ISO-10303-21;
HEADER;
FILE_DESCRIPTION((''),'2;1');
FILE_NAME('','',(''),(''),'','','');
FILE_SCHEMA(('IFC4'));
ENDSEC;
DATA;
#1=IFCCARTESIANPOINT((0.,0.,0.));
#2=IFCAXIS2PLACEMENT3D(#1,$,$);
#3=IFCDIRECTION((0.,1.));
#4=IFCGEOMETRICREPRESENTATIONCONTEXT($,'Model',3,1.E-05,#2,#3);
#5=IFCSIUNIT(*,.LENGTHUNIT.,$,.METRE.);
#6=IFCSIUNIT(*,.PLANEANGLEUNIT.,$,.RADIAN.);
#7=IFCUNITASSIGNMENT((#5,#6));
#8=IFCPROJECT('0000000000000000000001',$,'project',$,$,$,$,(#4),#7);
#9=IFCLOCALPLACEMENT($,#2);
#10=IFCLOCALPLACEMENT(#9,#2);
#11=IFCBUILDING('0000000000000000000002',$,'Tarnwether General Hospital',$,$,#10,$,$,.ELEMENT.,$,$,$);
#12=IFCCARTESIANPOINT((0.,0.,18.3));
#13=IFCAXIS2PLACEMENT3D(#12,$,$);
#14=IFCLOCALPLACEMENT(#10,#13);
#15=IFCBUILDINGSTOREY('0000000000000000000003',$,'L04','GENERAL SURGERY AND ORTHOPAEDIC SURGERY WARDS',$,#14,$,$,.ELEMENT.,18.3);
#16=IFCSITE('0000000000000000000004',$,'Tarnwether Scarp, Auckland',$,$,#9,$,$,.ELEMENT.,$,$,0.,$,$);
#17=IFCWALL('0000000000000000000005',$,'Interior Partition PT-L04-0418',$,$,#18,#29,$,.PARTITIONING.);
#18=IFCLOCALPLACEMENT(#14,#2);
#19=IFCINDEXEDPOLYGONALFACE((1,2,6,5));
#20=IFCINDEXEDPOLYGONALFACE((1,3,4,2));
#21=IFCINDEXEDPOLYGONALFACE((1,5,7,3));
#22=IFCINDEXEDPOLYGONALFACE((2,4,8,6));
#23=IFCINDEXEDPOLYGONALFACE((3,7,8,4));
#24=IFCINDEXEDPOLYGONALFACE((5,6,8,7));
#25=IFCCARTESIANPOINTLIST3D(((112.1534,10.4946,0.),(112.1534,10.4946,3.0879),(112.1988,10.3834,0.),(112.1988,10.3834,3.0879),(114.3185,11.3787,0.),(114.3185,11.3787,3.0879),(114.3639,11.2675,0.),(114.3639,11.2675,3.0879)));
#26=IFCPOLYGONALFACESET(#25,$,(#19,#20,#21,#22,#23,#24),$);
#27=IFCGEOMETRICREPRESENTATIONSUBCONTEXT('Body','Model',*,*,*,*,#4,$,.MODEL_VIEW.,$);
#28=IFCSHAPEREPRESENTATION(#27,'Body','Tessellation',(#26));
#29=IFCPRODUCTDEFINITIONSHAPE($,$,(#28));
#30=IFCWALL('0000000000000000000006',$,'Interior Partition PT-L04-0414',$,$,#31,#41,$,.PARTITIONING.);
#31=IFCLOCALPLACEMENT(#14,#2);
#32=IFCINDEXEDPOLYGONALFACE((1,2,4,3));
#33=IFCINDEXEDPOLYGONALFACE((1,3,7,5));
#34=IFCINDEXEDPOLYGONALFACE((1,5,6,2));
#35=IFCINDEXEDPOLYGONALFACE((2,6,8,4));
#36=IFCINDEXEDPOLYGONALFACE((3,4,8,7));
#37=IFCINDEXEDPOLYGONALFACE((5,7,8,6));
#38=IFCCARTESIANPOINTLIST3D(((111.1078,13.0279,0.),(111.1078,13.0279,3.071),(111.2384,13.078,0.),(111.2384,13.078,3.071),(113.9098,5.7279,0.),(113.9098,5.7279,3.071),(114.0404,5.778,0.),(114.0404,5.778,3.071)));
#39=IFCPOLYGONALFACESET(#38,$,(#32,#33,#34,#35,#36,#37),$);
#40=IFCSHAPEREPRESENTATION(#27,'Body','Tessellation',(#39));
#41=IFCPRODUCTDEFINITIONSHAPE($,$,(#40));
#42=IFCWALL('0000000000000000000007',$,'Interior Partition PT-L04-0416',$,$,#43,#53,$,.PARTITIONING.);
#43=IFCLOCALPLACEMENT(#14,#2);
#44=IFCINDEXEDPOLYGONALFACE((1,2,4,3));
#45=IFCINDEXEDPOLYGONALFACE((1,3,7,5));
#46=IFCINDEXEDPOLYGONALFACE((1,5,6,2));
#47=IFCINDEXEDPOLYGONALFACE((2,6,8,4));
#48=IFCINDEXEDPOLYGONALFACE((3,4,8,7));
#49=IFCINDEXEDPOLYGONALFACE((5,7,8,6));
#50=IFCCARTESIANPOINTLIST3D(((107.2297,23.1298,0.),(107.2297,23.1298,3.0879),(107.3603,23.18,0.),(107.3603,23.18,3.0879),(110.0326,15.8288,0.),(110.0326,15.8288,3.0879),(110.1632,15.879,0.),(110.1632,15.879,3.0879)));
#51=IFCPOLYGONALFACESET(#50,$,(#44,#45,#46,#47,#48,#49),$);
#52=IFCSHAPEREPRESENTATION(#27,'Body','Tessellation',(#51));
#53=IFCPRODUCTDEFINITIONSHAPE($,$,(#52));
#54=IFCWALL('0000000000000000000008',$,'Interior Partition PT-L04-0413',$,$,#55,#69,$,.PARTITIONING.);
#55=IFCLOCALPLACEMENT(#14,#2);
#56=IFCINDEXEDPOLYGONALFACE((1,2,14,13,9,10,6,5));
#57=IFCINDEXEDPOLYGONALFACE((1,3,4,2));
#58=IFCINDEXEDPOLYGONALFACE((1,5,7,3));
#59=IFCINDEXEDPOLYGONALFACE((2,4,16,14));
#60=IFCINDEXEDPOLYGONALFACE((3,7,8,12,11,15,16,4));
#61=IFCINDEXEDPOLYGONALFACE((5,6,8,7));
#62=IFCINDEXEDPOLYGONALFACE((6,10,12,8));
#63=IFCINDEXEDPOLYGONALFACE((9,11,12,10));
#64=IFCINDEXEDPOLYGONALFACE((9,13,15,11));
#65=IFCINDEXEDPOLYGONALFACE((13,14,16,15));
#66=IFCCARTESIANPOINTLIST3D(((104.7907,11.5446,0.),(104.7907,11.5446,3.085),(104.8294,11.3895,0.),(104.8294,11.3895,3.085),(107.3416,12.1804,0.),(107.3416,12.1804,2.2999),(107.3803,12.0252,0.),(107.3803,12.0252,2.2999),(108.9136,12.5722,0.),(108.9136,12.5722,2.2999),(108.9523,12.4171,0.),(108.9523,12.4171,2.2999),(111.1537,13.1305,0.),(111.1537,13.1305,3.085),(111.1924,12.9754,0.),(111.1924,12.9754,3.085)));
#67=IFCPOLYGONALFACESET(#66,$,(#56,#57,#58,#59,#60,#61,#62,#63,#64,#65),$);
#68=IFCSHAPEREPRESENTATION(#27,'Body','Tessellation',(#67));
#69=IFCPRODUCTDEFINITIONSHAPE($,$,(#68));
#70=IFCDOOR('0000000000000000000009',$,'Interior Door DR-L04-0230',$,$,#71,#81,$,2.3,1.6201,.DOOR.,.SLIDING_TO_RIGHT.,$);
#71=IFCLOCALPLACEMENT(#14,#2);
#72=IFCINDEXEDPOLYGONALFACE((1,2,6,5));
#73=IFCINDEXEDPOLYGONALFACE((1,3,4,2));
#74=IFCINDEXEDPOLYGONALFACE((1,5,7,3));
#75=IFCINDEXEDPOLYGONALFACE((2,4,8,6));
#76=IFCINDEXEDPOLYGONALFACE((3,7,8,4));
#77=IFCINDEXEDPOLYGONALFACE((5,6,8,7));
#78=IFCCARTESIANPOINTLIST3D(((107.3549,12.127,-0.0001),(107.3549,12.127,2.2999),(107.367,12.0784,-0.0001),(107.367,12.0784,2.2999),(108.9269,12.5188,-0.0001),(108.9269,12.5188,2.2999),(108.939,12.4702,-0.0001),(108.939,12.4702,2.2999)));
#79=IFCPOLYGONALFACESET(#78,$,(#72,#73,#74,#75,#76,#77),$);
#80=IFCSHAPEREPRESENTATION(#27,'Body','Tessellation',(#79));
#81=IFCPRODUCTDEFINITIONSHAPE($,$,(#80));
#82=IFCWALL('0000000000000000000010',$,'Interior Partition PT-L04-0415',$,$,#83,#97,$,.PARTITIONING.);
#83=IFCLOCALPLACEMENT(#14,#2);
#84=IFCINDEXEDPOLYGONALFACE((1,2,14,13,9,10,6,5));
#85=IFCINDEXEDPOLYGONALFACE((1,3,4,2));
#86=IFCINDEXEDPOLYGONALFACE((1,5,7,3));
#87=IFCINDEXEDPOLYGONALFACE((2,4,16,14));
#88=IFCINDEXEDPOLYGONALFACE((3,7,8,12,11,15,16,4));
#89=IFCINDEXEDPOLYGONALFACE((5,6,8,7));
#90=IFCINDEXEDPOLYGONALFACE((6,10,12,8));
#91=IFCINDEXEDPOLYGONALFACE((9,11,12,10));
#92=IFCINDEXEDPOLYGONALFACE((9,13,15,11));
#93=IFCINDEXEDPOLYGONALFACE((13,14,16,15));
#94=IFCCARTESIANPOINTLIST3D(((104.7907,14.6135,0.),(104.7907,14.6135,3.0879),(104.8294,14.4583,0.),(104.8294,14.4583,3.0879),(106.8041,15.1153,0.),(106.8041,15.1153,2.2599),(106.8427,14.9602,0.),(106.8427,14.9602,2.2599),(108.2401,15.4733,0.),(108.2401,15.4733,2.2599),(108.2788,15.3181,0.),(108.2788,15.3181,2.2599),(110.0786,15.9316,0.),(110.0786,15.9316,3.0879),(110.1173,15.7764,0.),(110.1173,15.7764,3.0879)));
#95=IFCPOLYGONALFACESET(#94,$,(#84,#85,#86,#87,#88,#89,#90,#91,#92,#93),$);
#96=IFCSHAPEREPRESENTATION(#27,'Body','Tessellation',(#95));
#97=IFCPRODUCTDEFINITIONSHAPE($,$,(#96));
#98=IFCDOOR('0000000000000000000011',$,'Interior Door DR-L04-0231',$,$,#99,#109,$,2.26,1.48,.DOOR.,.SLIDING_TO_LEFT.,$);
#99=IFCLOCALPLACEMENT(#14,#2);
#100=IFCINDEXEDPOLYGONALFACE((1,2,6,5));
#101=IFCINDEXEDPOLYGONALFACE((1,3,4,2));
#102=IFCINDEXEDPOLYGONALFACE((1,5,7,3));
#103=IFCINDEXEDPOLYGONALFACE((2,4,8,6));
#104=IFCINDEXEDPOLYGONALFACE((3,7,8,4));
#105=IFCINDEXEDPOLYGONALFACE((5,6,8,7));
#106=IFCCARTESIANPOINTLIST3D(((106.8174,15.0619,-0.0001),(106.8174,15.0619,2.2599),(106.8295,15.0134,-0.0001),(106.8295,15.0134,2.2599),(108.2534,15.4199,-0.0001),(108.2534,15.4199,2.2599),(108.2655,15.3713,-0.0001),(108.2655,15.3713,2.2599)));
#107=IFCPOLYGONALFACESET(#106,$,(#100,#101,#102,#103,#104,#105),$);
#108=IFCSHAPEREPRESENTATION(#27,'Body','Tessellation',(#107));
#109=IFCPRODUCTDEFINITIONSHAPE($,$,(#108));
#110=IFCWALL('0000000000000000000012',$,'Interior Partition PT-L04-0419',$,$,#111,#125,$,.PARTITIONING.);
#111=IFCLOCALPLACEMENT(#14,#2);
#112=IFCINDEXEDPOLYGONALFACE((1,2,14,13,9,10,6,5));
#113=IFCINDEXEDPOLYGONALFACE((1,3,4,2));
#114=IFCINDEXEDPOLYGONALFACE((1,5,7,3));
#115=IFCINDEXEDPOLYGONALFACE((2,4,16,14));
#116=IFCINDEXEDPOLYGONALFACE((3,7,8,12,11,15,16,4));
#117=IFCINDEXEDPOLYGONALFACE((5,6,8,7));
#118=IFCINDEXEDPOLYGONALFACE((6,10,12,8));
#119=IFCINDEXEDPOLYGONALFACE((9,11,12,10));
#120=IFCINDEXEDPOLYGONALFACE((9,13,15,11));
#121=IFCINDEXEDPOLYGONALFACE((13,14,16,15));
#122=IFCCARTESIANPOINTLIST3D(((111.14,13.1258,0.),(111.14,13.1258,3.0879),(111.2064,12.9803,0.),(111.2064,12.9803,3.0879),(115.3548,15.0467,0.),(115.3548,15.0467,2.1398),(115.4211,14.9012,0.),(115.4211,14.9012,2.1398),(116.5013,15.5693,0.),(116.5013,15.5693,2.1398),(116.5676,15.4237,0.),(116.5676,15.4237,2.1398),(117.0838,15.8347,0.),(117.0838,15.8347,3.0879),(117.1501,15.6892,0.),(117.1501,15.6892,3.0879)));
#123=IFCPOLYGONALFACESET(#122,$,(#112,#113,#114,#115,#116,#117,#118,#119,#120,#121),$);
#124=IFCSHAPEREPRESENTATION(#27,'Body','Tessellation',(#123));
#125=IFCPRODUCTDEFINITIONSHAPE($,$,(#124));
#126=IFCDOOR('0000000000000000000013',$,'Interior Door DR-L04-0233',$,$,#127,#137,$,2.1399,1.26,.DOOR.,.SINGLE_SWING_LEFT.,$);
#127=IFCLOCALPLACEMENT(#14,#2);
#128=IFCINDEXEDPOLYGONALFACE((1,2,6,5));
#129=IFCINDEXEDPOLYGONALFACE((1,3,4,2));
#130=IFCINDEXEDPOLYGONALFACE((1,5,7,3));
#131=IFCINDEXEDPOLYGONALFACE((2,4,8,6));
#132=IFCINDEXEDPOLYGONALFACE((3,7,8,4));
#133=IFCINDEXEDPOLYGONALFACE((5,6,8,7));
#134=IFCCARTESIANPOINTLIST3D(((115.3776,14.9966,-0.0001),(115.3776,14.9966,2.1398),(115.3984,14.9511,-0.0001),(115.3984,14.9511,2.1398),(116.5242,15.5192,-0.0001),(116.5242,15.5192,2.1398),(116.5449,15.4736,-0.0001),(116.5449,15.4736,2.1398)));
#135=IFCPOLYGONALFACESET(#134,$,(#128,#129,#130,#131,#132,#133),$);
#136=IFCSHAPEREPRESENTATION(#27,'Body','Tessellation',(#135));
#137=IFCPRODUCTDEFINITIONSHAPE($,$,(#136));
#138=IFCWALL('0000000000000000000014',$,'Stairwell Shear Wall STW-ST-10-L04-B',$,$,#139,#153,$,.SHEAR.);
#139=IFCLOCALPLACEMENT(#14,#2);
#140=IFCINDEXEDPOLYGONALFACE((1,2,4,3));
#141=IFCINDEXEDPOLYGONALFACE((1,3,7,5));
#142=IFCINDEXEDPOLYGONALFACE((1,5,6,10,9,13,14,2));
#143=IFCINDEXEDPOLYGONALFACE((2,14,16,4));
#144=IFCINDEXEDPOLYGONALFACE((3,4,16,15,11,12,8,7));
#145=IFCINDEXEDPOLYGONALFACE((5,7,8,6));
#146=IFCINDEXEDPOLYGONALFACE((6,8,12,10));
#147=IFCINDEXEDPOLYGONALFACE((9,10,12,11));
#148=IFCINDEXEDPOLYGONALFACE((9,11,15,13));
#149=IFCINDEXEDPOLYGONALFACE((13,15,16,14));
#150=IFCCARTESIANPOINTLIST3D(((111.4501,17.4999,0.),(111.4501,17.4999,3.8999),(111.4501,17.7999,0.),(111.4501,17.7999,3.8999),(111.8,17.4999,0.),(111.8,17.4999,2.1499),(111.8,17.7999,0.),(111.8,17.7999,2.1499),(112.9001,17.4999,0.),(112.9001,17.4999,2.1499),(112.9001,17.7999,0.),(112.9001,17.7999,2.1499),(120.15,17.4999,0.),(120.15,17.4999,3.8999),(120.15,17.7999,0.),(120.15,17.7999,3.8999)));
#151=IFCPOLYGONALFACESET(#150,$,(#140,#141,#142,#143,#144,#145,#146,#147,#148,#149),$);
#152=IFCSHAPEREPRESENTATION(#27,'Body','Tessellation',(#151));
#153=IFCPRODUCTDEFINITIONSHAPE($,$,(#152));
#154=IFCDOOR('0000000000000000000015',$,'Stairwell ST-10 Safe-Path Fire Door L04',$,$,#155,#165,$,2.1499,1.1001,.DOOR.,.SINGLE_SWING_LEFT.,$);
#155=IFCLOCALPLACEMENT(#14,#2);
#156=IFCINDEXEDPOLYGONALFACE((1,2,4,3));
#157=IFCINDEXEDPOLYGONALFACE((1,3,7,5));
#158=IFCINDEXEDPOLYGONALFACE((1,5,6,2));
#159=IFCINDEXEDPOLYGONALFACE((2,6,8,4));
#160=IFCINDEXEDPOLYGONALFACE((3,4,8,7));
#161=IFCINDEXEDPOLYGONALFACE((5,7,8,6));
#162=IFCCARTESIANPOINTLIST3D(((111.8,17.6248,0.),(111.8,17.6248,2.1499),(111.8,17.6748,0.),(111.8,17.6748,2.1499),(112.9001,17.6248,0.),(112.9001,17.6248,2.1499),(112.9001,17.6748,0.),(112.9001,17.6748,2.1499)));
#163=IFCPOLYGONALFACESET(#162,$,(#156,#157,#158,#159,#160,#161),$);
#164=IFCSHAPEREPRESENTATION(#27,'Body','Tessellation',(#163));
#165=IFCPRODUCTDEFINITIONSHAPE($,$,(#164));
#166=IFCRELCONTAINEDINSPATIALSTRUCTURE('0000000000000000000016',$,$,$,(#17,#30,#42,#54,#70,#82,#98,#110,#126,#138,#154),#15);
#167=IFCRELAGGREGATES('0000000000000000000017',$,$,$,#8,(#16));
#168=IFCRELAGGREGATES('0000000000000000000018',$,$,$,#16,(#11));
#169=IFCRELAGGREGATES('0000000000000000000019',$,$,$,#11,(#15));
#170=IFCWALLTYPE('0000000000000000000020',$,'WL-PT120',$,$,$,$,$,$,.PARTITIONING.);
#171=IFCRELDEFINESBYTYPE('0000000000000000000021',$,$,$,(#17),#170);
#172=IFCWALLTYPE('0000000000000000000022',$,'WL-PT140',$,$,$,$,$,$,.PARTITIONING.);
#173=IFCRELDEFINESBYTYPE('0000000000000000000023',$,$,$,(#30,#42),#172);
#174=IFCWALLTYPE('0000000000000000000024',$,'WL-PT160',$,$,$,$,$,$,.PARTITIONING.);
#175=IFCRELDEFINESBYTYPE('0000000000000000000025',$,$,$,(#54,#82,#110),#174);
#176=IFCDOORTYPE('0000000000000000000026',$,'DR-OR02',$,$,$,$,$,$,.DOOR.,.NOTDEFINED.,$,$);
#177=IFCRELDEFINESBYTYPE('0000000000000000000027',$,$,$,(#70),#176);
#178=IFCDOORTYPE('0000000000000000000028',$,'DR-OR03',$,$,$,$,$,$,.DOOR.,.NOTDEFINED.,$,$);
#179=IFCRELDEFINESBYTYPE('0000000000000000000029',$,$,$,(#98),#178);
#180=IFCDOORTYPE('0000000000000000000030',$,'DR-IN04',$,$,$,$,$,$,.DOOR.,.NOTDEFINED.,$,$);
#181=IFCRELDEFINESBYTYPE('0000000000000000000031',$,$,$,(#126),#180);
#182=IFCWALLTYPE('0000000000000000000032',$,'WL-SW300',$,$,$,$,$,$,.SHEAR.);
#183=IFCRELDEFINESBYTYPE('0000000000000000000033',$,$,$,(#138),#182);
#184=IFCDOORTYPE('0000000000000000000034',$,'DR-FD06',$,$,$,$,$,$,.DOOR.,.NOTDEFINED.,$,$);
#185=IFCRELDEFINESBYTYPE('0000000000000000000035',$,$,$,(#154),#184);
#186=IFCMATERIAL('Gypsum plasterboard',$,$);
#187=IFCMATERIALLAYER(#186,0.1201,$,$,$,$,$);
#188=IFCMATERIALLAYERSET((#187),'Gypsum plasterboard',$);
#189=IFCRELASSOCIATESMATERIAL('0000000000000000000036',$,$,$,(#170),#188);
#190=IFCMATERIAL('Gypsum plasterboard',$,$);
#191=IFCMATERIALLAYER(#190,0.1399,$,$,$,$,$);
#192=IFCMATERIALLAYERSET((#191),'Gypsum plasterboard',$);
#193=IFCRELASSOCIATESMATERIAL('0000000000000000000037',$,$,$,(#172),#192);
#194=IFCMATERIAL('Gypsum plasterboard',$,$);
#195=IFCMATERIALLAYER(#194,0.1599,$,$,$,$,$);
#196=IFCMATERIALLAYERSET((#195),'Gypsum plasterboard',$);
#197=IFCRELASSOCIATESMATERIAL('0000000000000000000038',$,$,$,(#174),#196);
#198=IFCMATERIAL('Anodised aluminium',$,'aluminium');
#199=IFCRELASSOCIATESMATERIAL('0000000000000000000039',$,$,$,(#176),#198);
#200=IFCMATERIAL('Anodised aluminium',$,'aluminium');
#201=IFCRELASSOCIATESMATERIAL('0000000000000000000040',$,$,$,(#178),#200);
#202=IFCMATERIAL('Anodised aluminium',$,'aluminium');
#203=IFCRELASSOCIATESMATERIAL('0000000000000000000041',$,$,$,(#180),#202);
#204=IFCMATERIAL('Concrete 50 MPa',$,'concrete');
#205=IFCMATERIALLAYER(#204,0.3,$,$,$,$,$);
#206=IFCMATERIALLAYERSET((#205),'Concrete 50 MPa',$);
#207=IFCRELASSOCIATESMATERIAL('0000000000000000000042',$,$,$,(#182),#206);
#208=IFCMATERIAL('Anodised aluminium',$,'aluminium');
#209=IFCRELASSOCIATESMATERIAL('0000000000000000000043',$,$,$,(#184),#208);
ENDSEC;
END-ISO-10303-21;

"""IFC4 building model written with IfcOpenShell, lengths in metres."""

from ifc_helpers import new_model, si_unit, direction, frame, frame_2d, origin, place, context, subcontext, project, spatial, rectangle, extrude, material, layer, layer_set, type_object, element, fill, save


model = new_model("IFC4")

# Units and contexts
model_context = context("Model", 3, precision=1e-05, world=origin(), true_north=direction((0.0, 1.0)))
body_context = subcontext(model_context, "Body", "Model", "MODEL_VIEW")
ifc_project = project(units=[si_unit("LENGTHUNIT", "METRE"), si_unit("PLANEANGLEUNIT", "RADIAN")], contexts=[model_context])

# Site, building, storey
site_placement = place(None, origin())
site = spatial("IfcSite", under=ifc_project, at=site_placement, Name="Tarnwether Scarp, Auckland", CompositionType="ELEMENT", RefElevation=0.0)
building_placement = place(site_placement, origin())
building = spatial("IfcBuilding", under=site, at=building_placement, Name="Tarnwether General Hospital", CompositionType="ELEMENT")
storey_placement = place(building_placement, frame((0.0, 0.0, 18.3)))
storey = spatial("IfcBuildingStorey", under=building, at=storey_placement, Name="L04", Description="GENERAL SURGERY AND ORTHOPAEDIC SURGERY WARDS", CompositionType="ELEMENT", Elevation=18.3)

# Shared definitions
ifc_material_1 = material(Name="Gypsum plasterboard")
ifc_layer_1 = layer(ifc_material_1, 0.1201)
ifc_layer_set_1 = layer_set([ifc_layer_1], Name="Gypsum plasterboard")
wall_type_1 = type_object("IfcWallType", Name="WL-PT120", PredefinedType="PARTITIONING", material=ifc_layer_set_1)

# Walls
wall_1_placement = place(storey_placement, frame((112.176, 10.439, 0.0), z_axis=(0.0, 0.0, 1.0), x_axis=(0.925796, 0.378023, 0.0)))
element("IfcWall", 1, at=wall_1_placement, inside=storey, type_object=wall_type_1, Name="Interior Partition PT-L04-0418", PredefinedType="PARTITIONING", context=body_context, shape_type="SweptSolid", body=[
    extrude(rectangle(XDim=2.3386, YDim=0.1201, at=frame_2d((1.1694, 0.0))), origin(), (0.0, 0.0, 1.0), 3.0879),
])
ifc_material_2 = material(Name="Gypsum plasterboard")
ifc_layer_2 = layer(ifc_material_2, 0.1399)
ifc_layer_set_2 = layer_set([ifc_layer_2], Name="Gypsum plasterboard")
wall_type_2 = type_object("IfcWallType", Name="WL-PT140", PredefinedType="PARTITIONING", material=ifc_layer_set_2)
wall_2_placement = place(storey_placement, frame((111.1731, 13.053, 0.0), z_axis=(0.0, 0.0, 1.0), x_axis=(0.358343, -0.93359, 0.0)))
element("IfcWall", 2, at=wall_2_placement, inside=storey, type_object=wall_type_2, Name="Interior Partition PT-L04-0414", PredefinedType="PARTITIONING", context=body_context, shape_type="SweptSolid", body=[
    extrude(rectangle(XDim=7.8193, YDim=0.1399, at=frame_2d((3.9097, 0.0))), origin(), (0.0, 0.0, 1.0), 3.071),
])
wall_3_placement = place(storey_placement, frame((110.0979, 15.854, 0.0), z_axis=(0.0, 0.0, 1.0), x_axis=(-0.35841, 0.933564, 0.0)))
element("IfcWall", 3, at=wall_3_placement, inside=storey, type_object=wall_type_2, Name="Interior Partition PT-L04-0416", PredefinedType="PARTITIONING", context=body_context, shape_type="SweptSolid", body=[
    extrude(rectangle(XDim=7.8206, YDim=0.1399, at=frame_2d((3.9102, 0.0))), origin(), (0.0, 0.0, 1.0), 3.0879),
])

# Walls, openings, doors
ifc_material_3 = material(Name="Gypsum plasterboard")
ifc_layer_3 = layer(ifc_material_3, 0.1599)
ifc_layer_set_3 = layer_set([ifc_layer_3], Name="Gypsum plasterboard")
wall_type_3 = type_object("IfcWallType", Name="WL-PT160", PredefinedType="PARTITIONING", material=ifc_layer_set_3)
wall_4_placement = place(storey_placement, frame((104.8101, 11.467, 0.0), z_axis=(0.0, 0.0, 1.0), x_axis=(0.970315, 0.241844, 0.0)))
wall_4 = element("IfcWall", 4, at=wall_4_placement, inside=storey, type_object=wall_type_3, Name="Interior Partition PT-L04-0413", PredefinedType="PARTITIONING", context=body_context, shape_type="SweptSolid", body=[
    extrude(rectangle(XDim=6.5576, YDim=0.1599, at=frame_2d((3.2788, 0.0))), origin(), (0.0, 0.0, 1.0), 3.085),
])
opening_1_placement = place(wall_4_placement, frame((2.6289, 0.0, 0.0)))
opening_1 = element("IfcOpeningElement", 5, at=opening_1_placement, cuts=wall_4, PredefinedType="OPENING", context=body_context, shape_type="SweptSolid", body=[
    extrude(rectangle(XDim=1.6201, YDim=2.3, at=frame_2d((0.8101, 1.1499))), frame((0.0, 0.0898, 0.0), z_axis=(0.0, -1.0, 0.0), x_axis=(1.0, 0.0, 0.0)), (0.0, 0.0, 1.0), 0.1799),
])
ifc_material_4 = material(Name="Anodised aluminium", Category="aluminium")
door_type_1 = type_object("IfcDoorType", Name="DR-OR02", OperationType="NOTDEFINED", PredefinedType="DOOR", material=ifc_material_4)
door_1_placement = place(opening_1_placement, origin())
door_1 = element("IfcDoor", 6, at=door_1_placement, inside=storey, type_object=door_type_1, Name="Interior Door DR-L04-0230", OperationType="SLIDING_TO_RIGHT", OverallHeight=2.3, OverallWidth=1.6201, PredefinedType="DOOR", context=body_context, shape_type="SweptSolid", body=[
    extrude(rectangle(XDim=1.6201, YDim=2.3, at=frame_2d((0.8101, 1.1499))), frame((0.0, 0.0249, 0.0), z_axis=(0.0, -1.0, 0.0), x_axis=(1.0, 0.0, 0.0)), (0.0, 0.0, 1.0), 0.05),
])
fill(opening_1, door_1)
wall_5_placement = place(storey_placement, frame((104.8101, 14.5359, 0.0), z_axis=(0.0, 0.0, 1.0), x_axis=(0.970308, 0.241871, 0.0)))
wall_5 = element("IfcWall", 7, at=wall_5_placement, inside=storey, type_object=wall_type_3, Name="Interior Partition PT-L04-0415", PredefinedType="PARTITIONING", context=body_context, shape_type="SweptSolid", body=[
    extrude(rectangle(XDim=5.4497, YDim=0.1599, at=frame_2d((2.7249, 0.0))), origin(), (0.0, 0.0, 1.0), 3.0879),
])
opening_2_placement = place(wall_5_placement, frame((2.075, 0.0, 0.0)))
opening_2 = element("IfcOpeningElement", 8, at=opening_2_placement, cuts=wall_5, PredefinedType="OPENING", context=body_context, shape_type="SweptSolid", body=[
    extrude(rectangle(XDim=1.48, YDim=2.26, at=frame_2d((0.74, 1.1299))), frame((0.0, 0.0898, 0.0), z_axis=(0.0, -1.0, 0.0), x_axis=(1.0, 0.0, 0.0)), (0.0, 0.0, 1.0), 0.1799),
])
ifc_material_5 = material(Name="Anodised aluminium", Category="aluminium")
door_type_2 = type_object("IfcDoorType", Name="DR-OR03", OperationType="NOTDEFINED", PredefinedType="DOOR", material=ifc_material_5)
door_2_placement = place(opening_2_placement, origin())
door_2 = element("IfcDoor", 9, at=door_2_placement, inside=storey, type_object=door_type_2, Name="Interior Door DR-L04-0231", OperationType="SLIDING_TO_LEFT", OverallHeight=2.26, OverallWidth=1.48, PredefinedType="DOOR", context=body_context, shape_type="SweptSolid", body=[
    extrude(rectangle(XDim=1.48, YDim=2.26, at=frame_2d((0.74, 1.1299))), frame((0.0, 0.0249, 0.0), z_axis=(0.0, -1.0, 0.0), x_axis=(1.0, 0.0, 0.0)), (0.0, 0.0, 1.0), 0.05),
])
fill(opening_2, door_2)
wall_6_placement = place(storey_placement, frame((111.1731, 13.053, 0.0), z_axis=(0.0, 0.0, 1.0), x_axis=(0.909949, 0.414721, 0.0)))
wall_6 = element("IfcWall", 10, at=wall_6_placement, inside=storey, type_object=wall_type_3, Name="Interior Partition PT-L04-0419", PredefinedType="PARTITIONING", context=body_context, shape_type="SweptSolid", body=[
    extrude(rectangle(XDim=6.532, YDim=0.1599, at=frame_2d((3.2661, 0.0))), origin(), (0.0, 0.0, 1.0), 3.0879),
])
opening_3_placement = place(wall_6_placement, frame((4.6321, 0.0, 0.0)))
opening_3 = element("IfcOpeningElement", 11, at=opening_3_placement, cuts=wall_6, PredefinedType="OPENING", context=body_context, shape_type="SweptSolid", body=[
    extrude(rectangle(XDim=1.26, YDim=2.1399, at=frame_2d((0.6299, 1.0698))), frame((0.0, 0.0898, 0.0), z_axis=(0.0, -1.0, 0.0), x_axis=(1.0, 0.0, 0.0)), (0.0, 0.0, 1.0), 0.1799),
])
ifc_material_6 = material(Name="Anodised aluminium", Category="aluminium")
door_type_3 = type_object("IfcDoorType", Name="DR-IN04", OperationType="NOTDEFINED", PredefinedType="DOOR", material=ifc_material_6)
door_3_placement = place(opening_3_placement, origin())
door_3 = element("IfcDoor", 12, at=door_3_placement, inside=storey, type_object=door_type_3, Name="Interior Door DR-L04-0233", OperationType="SINGLE_SWING_LEFT", OverallHeight=2.1399, OverallWidth=1.26, PredefinedType="DOOR", context=body_context, shape_type="SweptSolid", body=[
    extrude(rectangle(XDim=1.26, YDim=2.1399, at=frame_2d((0.6299, 1.0698))), frame((0.0, 0.0249, 0.0), z_axis=(0.0, -1.0, 0.0), x_axis=(1.0, 0.0, 0.0)), (0.0, 0.0, 1.0), 0.05),
])
fill(opening_3, door_3)
ifc_material_7 = material(Name="Concrete 50 MPa", Category="concrete")
ifc_layer_4 = layer(ifc_material_7, 0.3)
ifc_layer_set_4 = layer_set([ifc_layer_4], Name="Concrete 50 MPa")
wall_type_4 = type_object("IfcWallType", Name="WL-SW300", PredefinedType="SHEAR", material=ifc_layer_set_4)
wall_7_placement = place(storey_placement, frame((111.45, 17.6499, 0.0), z_axis=(0.0, 0.0, 1.0), x_axis=(1.0, 0.0, 0.0)))
wall_7 = element("IfcWall", 13, at=wall_7_placement, inside=storey, type_object=wall_type_4, Name="Stairwell Shear Wall STW-ST-10-L04-B", PredefinedType="SHEAR", context=body_context, shape_type="SweptSolid", body=[
    extrude(rectangle(XDim=8.7, YDim=0.3, at=frame_2d((4.3501, 0.0))), origin(), (0.0, 0.0, 1.0), 3.8999),
])
opening_4_placement = place(wall_7_placement, frame((0.3501, 0.0, 0.0)))
opening_4 = element("IfcOpeningElement", 14, at=opening_4_placement, cuts=wall_7, PredefinedType="OPENING", context=body_context, shape_type="SweptSolid", body=[
    extrude(rectangle(XDim=1.1001, YDim=2.1499, at=frame_2d((0.55, 1.075))), frame((0.0, 0.1602, 0.0), z_axis=(0.0, -1.0, 0.0), x_axis=(1.0, 0.0, 0.0)), (0.0, 0.0, 1.0), 0.3201),
])
ifc_material_8 = material(Name="Anodised aluminium", Category="aluminium")
door_type_4 = type_object("IfcDoorType", Name="DR-FD06", OperationType="NOTDEFINED", PredefinedType="DOOR", material=ifc_material_8)
door_4_placement = place(opening_4_placement, origin())
door_4 = element("IfcDoor", 15, at=door_4_placement, inside=storey, type_object=door_type_4, Name="Stairwell ST-10 Safe-Path Fire Door L04", OperationType="SINGLE_SWING_LEFT", OverallHeight=2.1499, OverallWidth=1.1001, PredefinedType="DOOR", context=body_context, shape_type="SweptSolid", body=[
    extrude(rectangle(XDim=1.1001, YDim=2.1499, at=frame_2d((0.55, 1.075))), frame((0.0, 0.0249, 0.0), z_axis=(0.0, -1.0, 0.0), x_axis=(1.0, 0.0, 0.0)), (0.0, 0.0, 1.0), 0.05),
])
fill(opening_4, door_4)

save(model, "model.ifc")
